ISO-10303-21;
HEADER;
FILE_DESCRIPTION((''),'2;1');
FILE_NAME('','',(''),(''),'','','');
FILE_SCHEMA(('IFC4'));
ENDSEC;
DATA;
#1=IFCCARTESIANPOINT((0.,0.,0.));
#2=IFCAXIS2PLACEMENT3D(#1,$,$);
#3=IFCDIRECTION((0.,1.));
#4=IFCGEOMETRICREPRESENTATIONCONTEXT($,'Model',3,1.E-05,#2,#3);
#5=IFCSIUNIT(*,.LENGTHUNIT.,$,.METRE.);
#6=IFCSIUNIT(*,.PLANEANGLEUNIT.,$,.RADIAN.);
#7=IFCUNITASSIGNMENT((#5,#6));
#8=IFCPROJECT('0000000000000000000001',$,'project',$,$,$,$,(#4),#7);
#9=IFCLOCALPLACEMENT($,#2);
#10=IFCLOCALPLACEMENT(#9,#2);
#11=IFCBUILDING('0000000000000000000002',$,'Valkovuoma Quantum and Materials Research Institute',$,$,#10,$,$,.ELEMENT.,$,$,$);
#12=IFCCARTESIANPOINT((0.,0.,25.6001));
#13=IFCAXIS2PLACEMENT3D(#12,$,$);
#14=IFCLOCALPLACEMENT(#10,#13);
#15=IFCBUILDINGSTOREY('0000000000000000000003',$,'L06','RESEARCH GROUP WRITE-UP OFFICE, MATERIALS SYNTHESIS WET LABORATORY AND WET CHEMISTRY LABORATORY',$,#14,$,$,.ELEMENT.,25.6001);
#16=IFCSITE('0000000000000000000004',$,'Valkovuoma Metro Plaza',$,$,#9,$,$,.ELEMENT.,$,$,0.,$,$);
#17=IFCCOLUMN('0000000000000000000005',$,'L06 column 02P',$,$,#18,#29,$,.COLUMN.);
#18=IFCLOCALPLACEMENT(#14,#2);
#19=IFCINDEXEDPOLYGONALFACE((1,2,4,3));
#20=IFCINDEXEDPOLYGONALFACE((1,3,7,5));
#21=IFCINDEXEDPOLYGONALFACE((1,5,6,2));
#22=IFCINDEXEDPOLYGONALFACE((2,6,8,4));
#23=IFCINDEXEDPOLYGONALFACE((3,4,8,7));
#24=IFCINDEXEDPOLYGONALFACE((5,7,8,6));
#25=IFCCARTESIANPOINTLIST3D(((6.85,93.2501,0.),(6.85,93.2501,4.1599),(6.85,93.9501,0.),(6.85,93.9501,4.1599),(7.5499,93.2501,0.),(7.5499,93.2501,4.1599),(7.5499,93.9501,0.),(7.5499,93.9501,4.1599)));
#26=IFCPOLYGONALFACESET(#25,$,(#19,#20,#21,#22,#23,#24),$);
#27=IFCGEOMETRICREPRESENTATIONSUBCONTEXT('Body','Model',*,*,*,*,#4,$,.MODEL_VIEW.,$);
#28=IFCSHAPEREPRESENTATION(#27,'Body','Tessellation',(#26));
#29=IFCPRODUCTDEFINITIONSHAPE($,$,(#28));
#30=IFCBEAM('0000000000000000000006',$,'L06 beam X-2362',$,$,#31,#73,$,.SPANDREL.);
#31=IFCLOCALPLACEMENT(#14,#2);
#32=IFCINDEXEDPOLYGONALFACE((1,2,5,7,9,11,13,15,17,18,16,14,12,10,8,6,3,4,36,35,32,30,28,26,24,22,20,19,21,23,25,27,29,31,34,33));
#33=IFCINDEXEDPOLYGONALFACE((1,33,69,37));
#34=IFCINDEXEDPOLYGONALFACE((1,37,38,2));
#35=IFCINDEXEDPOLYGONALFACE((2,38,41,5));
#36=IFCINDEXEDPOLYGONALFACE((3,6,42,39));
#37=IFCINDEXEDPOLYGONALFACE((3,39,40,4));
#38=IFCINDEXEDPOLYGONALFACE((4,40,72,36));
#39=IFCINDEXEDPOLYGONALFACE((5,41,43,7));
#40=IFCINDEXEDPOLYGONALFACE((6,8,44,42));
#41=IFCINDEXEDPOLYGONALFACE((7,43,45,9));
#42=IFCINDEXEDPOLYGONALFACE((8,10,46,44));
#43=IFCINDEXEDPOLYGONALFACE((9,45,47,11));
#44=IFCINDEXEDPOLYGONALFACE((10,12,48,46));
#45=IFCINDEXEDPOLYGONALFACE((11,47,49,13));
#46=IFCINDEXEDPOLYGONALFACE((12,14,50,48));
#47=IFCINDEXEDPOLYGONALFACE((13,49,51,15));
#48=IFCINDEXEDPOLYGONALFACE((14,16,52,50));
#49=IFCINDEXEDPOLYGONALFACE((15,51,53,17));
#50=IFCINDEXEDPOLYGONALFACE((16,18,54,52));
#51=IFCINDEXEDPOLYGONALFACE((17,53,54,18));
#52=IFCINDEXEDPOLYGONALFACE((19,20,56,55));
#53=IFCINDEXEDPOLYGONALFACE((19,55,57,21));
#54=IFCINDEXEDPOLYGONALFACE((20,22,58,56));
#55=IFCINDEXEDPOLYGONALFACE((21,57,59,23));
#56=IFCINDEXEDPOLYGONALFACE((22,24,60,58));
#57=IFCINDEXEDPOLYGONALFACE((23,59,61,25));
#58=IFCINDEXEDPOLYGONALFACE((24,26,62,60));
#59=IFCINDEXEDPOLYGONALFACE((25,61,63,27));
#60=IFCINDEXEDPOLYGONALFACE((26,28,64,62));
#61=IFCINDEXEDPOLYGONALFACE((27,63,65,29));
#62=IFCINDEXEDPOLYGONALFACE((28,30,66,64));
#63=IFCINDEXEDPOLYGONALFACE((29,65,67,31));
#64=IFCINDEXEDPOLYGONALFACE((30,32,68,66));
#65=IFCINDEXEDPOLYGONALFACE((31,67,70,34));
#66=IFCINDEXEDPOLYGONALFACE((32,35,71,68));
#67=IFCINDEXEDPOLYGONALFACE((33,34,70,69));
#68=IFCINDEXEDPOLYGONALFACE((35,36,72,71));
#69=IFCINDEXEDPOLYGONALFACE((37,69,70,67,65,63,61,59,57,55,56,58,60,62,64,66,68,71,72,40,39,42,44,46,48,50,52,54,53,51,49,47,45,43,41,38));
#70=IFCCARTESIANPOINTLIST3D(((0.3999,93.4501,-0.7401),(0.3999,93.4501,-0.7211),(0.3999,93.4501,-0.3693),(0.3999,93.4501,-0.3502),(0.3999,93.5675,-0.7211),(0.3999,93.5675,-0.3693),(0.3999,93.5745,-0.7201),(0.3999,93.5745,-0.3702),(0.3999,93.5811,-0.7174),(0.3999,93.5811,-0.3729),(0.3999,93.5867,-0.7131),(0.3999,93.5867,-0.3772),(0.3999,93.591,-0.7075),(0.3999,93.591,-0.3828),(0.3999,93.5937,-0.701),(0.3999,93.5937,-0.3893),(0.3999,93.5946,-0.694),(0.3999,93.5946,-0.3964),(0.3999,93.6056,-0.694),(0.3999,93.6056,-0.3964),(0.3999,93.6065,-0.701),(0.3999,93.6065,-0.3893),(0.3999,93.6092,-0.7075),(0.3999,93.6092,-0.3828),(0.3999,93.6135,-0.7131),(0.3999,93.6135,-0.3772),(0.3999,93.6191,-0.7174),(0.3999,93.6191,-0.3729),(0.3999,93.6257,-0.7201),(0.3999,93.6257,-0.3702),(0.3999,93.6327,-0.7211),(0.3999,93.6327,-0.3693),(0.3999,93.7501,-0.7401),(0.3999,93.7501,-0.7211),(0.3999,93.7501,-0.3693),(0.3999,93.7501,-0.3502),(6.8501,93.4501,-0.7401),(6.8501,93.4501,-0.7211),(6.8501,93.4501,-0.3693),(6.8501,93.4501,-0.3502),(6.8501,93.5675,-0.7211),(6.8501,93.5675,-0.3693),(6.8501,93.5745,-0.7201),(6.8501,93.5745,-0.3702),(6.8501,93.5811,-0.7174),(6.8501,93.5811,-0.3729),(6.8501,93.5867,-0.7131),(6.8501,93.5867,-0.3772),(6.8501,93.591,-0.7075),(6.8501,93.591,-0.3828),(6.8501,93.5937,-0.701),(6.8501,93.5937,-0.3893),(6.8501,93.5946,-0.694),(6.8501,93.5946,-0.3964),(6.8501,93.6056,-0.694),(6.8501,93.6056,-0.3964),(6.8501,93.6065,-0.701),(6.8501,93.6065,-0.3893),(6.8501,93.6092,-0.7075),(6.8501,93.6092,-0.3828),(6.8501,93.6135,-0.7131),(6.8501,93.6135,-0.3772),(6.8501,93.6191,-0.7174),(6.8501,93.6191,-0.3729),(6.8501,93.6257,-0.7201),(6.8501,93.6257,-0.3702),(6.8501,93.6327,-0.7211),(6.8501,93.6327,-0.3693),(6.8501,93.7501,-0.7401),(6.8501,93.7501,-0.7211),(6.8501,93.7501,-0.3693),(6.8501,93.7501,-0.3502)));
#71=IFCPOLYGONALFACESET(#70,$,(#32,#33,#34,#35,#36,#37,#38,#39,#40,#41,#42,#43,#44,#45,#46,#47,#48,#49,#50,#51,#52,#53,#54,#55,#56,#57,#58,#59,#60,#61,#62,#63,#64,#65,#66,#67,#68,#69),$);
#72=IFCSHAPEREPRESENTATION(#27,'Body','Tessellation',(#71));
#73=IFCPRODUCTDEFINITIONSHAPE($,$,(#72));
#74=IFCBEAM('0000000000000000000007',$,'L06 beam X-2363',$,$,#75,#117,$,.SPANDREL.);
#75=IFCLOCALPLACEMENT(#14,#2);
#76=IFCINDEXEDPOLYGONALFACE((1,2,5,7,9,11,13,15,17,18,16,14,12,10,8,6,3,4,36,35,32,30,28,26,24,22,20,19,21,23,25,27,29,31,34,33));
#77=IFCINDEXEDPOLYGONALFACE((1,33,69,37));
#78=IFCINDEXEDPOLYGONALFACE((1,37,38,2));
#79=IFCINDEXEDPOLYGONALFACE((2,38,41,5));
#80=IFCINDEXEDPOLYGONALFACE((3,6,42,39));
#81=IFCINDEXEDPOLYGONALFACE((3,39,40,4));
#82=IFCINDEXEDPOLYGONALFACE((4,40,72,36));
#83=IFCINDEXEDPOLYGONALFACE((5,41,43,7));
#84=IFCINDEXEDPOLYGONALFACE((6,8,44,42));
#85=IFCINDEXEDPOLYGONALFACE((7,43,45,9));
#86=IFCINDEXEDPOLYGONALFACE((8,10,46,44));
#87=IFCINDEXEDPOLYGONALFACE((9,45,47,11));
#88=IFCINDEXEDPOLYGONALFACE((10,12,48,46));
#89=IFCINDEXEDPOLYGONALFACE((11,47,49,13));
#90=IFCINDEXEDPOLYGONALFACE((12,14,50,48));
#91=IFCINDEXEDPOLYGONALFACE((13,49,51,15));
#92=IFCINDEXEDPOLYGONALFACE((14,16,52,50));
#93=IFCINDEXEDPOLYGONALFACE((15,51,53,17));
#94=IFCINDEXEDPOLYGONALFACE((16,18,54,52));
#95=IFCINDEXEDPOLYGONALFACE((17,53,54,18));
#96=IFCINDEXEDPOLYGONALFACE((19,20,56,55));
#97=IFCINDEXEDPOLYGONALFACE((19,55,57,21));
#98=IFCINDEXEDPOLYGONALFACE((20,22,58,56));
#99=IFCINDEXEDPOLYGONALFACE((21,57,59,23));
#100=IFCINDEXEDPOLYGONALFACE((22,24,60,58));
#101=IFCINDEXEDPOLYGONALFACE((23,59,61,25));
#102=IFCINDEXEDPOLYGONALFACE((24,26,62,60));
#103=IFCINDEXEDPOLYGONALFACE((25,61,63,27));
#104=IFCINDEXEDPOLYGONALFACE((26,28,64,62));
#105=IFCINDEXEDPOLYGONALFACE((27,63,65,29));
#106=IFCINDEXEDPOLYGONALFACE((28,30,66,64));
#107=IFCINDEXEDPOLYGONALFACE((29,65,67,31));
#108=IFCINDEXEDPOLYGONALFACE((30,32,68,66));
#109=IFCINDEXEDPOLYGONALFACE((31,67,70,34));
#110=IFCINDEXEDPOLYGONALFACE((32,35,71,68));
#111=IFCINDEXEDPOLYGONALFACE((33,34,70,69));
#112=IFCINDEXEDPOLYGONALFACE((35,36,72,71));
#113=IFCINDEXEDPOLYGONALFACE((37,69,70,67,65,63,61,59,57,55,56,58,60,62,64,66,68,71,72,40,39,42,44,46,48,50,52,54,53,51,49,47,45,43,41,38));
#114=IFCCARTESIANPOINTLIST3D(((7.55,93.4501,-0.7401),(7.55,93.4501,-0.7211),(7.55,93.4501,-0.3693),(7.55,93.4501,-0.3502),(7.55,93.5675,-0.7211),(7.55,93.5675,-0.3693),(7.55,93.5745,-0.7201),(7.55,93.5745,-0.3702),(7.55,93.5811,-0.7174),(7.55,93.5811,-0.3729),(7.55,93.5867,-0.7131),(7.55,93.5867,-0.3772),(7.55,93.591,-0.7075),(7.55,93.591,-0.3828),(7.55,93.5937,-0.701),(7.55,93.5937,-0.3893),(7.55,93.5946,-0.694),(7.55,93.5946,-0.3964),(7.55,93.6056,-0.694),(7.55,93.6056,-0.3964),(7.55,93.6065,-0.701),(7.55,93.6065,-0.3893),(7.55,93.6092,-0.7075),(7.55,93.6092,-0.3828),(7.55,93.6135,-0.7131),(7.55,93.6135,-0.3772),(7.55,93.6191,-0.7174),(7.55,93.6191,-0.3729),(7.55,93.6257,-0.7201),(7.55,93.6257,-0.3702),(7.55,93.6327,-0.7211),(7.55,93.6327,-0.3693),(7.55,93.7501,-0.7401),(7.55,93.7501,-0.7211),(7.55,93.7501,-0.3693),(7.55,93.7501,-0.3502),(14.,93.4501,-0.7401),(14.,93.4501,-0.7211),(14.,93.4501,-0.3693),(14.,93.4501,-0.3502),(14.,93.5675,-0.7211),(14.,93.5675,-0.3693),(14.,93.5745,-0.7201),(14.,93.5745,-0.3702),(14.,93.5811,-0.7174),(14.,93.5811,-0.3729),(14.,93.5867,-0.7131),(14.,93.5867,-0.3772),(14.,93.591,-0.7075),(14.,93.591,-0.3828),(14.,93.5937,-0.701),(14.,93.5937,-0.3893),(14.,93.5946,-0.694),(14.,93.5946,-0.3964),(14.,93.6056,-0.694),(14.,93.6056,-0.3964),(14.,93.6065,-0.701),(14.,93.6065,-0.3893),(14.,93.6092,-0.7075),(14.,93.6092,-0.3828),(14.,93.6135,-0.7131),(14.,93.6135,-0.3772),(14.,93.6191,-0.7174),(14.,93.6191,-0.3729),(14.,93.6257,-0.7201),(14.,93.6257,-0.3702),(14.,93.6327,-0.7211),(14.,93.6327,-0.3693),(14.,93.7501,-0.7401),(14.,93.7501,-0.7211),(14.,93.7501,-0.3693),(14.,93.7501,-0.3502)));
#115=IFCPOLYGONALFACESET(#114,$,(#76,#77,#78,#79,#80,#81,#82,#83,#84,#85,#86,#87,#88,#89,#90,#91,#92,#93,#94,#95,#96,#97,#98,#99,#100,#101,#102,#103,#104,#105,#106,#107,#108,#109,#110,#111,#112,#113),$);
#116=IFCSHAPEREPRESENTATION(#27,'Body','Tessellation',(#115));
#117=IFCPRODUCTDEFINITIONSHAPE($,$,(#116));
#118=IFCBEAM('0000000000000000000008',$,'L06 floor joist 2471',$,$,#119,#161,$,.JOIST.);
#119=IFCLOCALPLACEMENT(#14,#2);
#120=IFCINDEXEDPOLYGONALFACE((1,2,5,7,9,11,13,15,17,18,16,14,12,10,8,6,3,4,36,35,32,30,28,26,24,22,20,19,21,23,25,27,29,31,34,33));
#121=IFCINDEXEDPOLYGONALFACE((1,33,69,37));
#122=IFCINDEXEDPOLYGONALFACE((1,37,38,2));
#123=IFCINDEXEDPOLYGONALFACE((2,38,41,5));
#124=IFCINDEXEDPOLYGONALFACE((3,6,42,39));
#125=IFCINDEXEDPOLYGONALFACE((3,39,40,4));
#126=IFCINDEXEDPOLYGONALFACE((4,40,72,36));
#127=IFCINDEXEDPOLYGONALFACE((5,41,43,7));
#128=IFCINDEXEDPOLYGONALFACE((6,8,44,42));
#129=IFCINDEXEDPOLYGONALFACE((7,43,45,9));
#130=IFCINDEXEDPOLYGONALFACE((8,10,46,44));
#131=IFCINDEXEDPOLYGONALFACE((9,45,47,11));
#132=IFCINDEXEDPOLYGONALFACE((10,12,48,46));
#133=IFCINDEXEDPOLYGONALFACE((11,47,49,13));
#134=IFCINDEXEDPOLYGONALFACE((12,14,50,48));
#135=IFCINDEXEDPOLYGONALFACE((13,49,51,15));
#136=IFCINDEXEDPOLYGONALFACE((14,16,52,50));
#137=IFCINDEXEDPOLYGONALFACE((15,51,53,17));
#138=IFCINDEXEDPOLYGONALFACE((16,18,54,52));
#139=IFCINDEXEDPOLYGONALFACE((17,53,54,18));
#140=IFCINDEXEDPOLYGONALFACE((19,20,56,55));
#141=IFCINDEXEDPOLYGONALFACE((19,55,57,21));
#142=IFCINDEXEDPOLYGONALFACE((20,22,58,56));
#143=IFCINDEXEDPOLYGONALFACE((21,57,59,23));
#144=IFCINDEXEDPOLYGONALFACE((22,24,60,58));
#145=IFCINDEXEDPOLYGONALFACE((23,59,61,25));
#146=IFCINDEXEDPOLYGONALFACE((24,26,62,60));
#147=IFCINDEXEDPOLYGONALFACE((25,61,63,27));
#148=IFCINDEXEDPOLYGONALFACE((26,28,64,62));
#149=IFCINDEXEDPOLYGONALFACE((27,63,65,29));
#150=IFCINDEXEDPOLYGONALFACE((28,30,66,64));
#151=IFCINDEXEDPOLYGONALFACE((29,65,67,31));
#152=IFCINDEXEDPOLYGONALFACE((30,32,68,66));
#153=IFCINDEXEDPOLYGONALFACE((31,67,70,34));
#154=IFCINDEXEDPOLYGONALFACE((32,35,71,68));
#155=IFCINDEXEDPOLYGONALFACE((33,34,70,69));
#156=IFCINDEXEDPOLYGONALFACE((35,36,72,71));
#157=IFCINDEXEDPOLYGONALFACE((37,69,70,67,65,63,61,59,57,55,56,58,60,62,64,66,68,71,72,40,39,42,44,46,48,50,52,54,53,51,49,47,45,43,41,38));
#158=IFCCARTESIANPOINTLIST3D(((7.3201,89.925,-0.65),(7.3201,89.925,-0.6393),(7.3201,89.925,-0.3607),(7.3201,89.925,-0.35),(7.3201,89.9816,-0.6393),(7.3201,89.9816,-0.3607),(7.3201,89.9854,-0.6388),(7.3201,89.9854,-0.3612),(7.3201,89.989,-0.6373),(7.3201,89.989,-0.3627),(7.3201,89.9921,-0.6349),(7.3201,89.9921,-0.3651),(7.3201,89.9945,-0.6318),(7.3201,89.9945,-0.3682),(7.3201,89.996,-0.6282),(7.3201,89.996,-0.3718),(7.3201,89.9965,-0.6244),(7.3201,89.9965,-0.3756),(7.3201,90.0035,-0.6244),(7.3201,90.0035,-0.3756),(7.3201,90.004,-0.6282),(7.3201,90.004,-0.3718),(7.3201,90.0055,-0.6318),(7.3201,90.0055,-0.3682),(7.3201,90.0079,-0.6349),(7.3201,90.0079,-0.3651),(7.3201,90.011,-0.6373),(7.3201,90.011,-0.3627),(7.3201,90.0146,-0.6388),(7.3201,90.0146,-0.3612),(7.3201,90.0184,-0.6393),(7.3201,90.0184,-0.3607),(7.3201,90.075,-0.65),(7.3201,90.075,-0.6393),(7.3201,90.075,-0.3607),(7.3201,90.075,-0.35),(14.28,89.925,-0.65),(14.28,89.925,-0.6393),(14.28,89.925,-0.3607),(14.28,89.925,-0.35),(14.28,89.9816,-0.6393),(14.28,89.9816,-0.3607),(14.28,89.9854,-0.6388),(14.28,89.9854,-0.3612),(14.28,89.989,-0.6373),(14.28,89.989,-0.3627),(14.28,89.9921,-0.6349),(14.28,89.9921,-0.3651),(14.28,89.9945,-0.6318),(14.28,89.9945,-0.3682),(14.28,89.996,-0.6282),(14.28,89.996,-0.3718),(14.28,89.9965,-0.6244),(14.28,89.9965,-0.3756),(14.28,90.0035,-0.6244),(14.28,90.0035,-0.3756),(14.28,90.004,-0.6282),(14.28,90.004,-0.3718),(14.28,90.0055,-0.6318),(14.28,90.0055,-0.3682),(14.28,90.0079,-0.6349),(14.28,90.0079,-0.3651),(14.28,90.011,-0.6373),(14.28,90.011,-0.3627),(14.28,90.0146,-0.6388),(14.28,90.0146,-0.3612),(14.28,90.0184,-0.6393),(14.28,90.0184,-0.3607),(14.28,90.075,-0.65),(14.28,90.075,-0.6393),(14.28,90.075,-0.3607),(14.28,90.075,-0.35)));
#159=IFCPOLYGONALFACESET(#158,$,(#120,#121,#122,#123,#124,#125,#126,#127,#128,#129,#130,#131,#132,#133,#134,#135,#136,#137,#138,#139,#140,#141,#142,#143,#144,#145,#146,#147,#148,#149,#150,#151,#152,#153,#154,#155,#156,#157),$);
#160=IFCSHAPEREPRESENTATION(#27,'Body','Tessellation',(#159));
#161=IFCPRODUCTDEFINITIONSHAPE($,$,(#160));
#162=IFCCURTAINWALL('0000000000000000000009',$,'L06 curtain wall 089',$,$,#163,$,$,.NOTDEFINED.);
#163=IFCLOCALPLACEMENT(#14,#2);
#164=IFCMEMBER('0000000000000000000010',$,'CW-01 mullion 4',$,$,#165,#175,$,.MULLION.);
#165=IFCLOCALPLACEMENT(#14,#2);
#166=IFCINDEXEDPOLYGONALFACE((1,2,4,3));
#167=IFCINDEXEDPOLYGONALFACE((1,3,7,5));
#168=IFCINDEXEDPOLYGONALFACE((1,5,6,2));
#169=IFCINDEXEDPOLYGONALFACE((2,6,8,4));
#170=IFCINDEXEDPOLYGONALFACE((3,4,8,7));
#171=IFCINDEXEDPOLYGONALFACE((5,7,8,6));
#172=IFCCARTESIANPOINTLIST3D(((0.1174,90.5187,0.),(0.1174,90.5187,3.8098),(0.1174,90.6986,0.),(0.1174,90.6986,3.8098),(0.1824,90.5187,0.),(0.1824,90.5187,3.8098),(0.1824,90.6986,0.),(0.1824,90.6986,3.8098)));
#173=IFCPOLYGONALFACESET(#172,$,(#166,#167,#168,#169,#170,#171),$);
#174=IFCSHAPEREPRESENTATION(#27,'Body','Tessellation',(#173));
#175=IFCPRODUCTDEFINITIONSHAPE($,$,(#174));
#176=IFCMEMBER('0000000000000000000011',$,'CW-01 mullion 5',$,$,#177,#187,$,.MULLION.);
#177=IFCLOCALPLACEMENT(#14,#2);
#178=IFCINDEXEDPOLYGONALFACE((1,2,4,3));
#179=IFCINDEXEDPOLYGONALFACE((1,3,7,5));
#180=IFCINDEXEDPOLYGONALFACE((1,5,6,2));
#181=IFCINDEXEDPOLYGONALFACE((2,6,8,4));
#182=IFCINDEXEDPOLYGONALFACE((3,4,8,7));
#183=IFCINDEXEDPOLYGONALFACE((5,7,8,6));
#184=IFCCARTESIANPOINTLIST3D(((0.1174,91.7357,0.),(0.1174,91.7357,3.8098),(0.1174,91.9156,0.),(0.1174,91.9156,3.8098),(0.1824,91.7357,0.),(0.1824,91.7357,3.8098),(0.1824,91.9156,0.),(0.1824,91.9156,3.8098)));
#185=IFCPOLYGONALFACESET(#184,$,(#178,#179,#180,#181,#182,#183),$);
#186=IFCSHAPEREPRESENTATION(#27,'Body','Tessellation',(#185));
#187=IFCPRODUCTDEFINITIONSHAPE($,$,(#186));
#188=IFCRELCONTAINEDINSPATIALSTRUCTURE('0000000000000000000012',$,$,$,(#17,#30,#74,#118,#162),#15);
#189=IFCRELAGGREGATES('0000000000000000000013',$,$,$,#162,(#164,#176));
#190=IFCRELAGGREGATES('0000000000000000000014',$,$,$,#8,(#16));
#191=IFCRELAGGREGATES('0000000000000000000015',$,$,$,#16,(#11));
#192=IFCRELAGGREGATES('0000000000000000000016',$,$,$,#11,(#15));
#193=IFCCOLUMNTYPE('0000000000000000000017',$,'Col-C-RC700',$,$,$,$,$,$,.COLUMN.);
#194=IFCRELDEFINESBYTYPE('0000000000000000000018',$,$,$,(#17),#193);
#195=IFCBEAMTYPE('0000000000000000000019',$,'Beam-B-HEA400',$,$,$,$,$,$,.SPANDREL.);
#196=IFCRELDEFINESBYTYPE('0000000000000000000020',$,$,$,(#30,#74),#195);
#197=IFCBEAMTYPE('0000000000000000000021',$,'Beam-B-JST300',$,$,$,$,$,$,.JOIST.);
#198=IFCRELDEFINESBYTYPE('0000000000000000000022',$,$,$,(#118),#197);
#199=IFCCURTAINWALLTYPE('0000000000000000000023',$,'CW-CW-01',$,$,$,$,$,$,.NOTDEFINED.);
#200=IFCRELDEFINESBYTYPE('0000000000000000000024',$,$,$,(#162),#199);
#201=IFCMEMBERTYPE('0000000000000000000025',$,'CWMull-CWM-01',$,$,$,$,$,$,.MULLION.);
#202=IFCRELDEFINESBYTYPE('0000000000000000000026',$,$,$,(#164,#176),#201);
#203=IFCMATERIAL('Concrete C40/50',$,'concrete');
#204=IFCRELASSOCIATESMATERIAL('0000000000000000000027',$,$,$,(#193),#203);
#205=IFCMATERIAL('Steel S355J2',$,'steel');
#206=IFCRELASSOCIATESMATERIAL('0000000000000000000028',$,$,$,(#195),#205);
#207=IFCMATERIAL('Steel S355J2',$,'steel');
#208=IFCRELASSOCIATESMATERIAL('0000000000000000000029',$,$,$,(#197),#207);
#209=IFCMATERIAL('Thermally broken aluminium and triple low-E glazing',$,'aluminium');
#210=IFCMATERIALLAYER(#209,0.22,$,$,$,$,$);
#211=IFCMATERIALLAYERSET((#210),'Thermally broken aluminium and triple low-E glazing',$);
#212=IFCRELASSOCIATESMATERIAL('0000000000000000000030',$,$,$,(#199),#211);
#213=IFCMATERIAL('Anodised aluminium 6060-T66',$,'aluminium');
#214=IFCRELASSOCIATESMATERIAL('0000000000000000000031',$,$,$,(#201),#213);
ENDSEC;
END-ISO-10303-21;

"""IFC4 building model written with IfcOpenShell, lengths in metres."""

from ifc_helpers import new_model, si_unit, direction, frame, origin, origin_2d, place, context, subcontext, project, spatial, rectangle, i_section, extrude, material, layer, layer_set, material_profile, profile_set, type_object, element, aggregate, save


model = new_model("IFC4")

# Units and contexts
model_context = context("Model", 3, precision=1e-05, world=origin(), true_north=direction((0.0, 1.0)))
body_context = subcontext(model_context, "Body", "Model", "MODEL_VIEW")
ifc_project = project(units=[si_unit("LENGTHUNIT", "METRE"), si_unit("PLANEANGLEUNIT", "RADIAN")], contexts=[model_context])

# Site, building, storey
site_placement = place(None, origin())
site = spatial("IfcSite", under=ifc_project, at=site_placement, Name="Valkovuoma Metro Plaza", CompositionType="ELEMENT", RefElevation=0.0)
building_placement = place(site_placement, origin())
building = spatial("IfcBuilding", under=site, at=building_placement, Name="Valkovuoma Quantum and Materials Research Institute", CompositionType="ELEMENT")
storey_placement = place(building_placement, frame((0.0, 0.0, 25.6001)))
storey = spatial("IfcBuildingStorey", under=building, at=storey_placement, Name="L06", Description="RESEARCH GROUP WRITE-UP OFFICE, MATERIALS SYNTHESIS WET LABORATORY AND WET CHEMISTRY LABORATORY", CompositionType="ELEMENT", Elevation=25.6001)

# Column
ifc_material_1 = material(Name="Concrete C40/50", Category="concrete")
ifc_material_profile_1 = material_profile(ifc_material_1, rectangle(XDim=0.7, YDim=0.7, at=origin_2d()), Name="Concrete C40/50")
ifc_profile_set_1 = profile_set([ifc_material_profile_1], Name="Concrete C40/50")
column_type = type_object("IfcColumnType", Name="Col-C-RC700", PredefinedType="COLUMN", material=ifc_profile_set_1)
column_placement = place(storey_placement, frame((7.2, 93.6001, 0.0), z_axis=(0.0, 0.0, 1.0), x_axis=(1.0, 0.0, 0.0)))
element("IfcColumn", 1, at=column_placement, inside=storey, type_object=column_type, Name="L06 column 02P", PredefinedType="COLUMN", context=body_context, shape_type="SweptSolid", body=[
    extrude(rectangle(XDim=0.7, YDim=0.7, at=origin_2d()), origin(), (0.0, 0.0, 1.0), 4.1599),
])

# Beams
ifc_material_2 = material(Name="Steel S355J2", Category="steel")
ifc_material_profile_2 = material_profile(ifc_material_2, i_section(OverallWidth=0.3, OverallDepth=0.3899, WebThickness=0.011, FlangeThickness=0.019, FilletRadius=0.0271, at=origin_2d()), Name="Steel S355J2")
ifc_profile_set_2 = profile_set([ifc_material_profile_2], Name="Steel S355J2")
beam_type_1 = type_object("IfcBeamType", Name="Beam-B-HEA400", PredefinedType="SPANDREL", material=ifc_profile_set_2)
beam_1_placement = place(storey_placement, frame((0.3999, 93.6001, -0.5452), z_axis=(1.0, 0.0, 0.0), x_axis=(0.0, 1.0, 0.0)))
element("IfcBeam", 2, at=beam_1_placement, inside=storey, type_object=beam_type_1, Name="L06 beam X-2362", PredefinedType="SPANDREL", context=body_context, shape_type="SweptSolid", body=[
    extrude(i_section(OverallWidth=0.3, OverallDepth=0.3899, WebThickness=0.011, FlangeThickness=0.019, FilletRadius=0.0271, at=origin_2d()), origin(), (0.0, 0.0, 1.0), 6.4502),
])
beam_2_placement = place(storey_placement, frame((7.55, 93.6001, -0.5452), z_axis=(1.0, 0.0, 0.0), x_axis=(0.0, 1.0, 0.0)))
element("IfcBeam", 3, at=beam_2_placement, inside=storey, type_object=beam_type_1, Name="L06 beam X-2363", PredefinedType="SPANDREL", context=body_context, shape_type="SweptSolid", body=[
    extrude(i_section(OverallWidth=0.3, OverallDepth=0.3899, WebThickness=0.011, FlangeThickness=0.019, FilletRadius=0.0271, at=origin_2d()), origin(), (0.0, 0.0, 1.0), 6.45),
])
ifc_material_3 = material(Name="Steel S355J2", Category="steel")
ifc_material_profile_3 = material_profile(ifc_material_3, i_section(OverallWidth=0.1499, OverallDepth=0.3, WebThickness=0.0071, FlangeThickness=0.0107, FilletRadius=0.0149, at=origin_2d()), Name="Steel S355J2")
ifc_profile_set_3 = profile_set([ifc_material_profile_3], Name="Steel S355J2")
beam_type_2 = type_object("IfcBeamType", Name="Beam-B-JST300", PredefinedType="JOIST", material=ifc_profile_set_3)
beam_3_placement = place(storey_placement, frame((7.3201, 90.0, -0.5), z_axis=(1.0, 0.0, 0.0), x_axis=(0.0, 1.0, 0.0)))
element("IfcBeam", 4, at=beam_3_placement, inside=storey, type_object=beam_type_2, Name="L06 floor joist 2471", PredefinedType="JOIST", context=body_context, shape_type="SweptSolid", body=[
    extrude(i_section(OverallWidth=0.1499, OverallDepth=0.3, WebThickness=0.0071, FlangeThickness=0.0107, FilletRadius=0.0149, at=origin_2d()), origin(), (0.0, 0.0, 1.0), 6.96),
])

# Curtain wall, members
ifc_material_4 = material(Name="Thermally broken aluminium and triple low-E glazing", Category="aluminium")
ifc_layer_1 = layer(ifc_material_4, 0.22)
ifc_layer_set_1 = layer_set([ifc_layer_1], Name="Thermally broken aluminium and triple low-E glazing")
curtain_wall_type = type_object("IfcCurtainWallType", Name="CW-CW-01", PredefinedType="NOTDEFINED", material=ifc_layer_set_1)
curtain_wall_placement = place(storey_placement, origin())
curtain_wall = element("IfcCurtainWall", 5, at=curtain_wall_placement, inside=storey, type_object=curtain_wall_type, Name="L06 curtain wall 089", PredefinedType="NOTDEFINED")
ifc_material_5 = material(Name="Anodised aluminium 6060-T66", Category="aluminium")
ifc_material_profile_4 = material_profile(ifc_material_5, rectangle(XDim=0.0649, YDim=0.1799, at=origin_2d()), Name="Anodised aluminium 6060-T66")
ifc_profile_set_4 = profile_set([ifc_material_profile_4], Name="Anodised aluminium 6060-T66")
member_type_1 = type_object("IfcMemberType", Name="CWMull-CWM-01", PredefinedType="MULLION", material=ifc_profile_set_4)
member_1_placement = place(storey_placement, frame((0.1499, 90.6086, 0.0), z_axis=(0.0, 0.0, 1.0), x_axis=(-1.0, 0.0, 0.0)))
member_1 = element("IfcMember", 6, at=member_1_placement, type_object=member_type_1, Name="CW-01 mullion 4", PredefinedType="MULLION", context=body_context, shape_type="SweptSolid", body=[
    extrude(rectangle(XDim=0.0649, YDim=0.1799, at=origin_2d()), origin(), (0.0, 0.0, 1.0), 3.8098),
])
member_2_placement = place(storey_placement, frame((0.1499, 91.8257, 0.0), z_axis=(0.0, 0.0, 1.0), x_axis=(-1.0, 0.0, 0.0)))
member_2 = element("IfcMember", 7, at=member_2_placement, type_object=member_type_1, Name="CW-01 mullion 5", PredefinedType="MULLION", context=body_context, shape_type="SweptSolid", body=[
    extrude(rectangle(XDim=0.0649, YDim=0.1799, at=origin_2d()), origin(), (0.0, 0.0, 1.0), 3.8098),
])
aggregate(curtain_wall, [member_1, member_2])

save(model, "model.ifc")
